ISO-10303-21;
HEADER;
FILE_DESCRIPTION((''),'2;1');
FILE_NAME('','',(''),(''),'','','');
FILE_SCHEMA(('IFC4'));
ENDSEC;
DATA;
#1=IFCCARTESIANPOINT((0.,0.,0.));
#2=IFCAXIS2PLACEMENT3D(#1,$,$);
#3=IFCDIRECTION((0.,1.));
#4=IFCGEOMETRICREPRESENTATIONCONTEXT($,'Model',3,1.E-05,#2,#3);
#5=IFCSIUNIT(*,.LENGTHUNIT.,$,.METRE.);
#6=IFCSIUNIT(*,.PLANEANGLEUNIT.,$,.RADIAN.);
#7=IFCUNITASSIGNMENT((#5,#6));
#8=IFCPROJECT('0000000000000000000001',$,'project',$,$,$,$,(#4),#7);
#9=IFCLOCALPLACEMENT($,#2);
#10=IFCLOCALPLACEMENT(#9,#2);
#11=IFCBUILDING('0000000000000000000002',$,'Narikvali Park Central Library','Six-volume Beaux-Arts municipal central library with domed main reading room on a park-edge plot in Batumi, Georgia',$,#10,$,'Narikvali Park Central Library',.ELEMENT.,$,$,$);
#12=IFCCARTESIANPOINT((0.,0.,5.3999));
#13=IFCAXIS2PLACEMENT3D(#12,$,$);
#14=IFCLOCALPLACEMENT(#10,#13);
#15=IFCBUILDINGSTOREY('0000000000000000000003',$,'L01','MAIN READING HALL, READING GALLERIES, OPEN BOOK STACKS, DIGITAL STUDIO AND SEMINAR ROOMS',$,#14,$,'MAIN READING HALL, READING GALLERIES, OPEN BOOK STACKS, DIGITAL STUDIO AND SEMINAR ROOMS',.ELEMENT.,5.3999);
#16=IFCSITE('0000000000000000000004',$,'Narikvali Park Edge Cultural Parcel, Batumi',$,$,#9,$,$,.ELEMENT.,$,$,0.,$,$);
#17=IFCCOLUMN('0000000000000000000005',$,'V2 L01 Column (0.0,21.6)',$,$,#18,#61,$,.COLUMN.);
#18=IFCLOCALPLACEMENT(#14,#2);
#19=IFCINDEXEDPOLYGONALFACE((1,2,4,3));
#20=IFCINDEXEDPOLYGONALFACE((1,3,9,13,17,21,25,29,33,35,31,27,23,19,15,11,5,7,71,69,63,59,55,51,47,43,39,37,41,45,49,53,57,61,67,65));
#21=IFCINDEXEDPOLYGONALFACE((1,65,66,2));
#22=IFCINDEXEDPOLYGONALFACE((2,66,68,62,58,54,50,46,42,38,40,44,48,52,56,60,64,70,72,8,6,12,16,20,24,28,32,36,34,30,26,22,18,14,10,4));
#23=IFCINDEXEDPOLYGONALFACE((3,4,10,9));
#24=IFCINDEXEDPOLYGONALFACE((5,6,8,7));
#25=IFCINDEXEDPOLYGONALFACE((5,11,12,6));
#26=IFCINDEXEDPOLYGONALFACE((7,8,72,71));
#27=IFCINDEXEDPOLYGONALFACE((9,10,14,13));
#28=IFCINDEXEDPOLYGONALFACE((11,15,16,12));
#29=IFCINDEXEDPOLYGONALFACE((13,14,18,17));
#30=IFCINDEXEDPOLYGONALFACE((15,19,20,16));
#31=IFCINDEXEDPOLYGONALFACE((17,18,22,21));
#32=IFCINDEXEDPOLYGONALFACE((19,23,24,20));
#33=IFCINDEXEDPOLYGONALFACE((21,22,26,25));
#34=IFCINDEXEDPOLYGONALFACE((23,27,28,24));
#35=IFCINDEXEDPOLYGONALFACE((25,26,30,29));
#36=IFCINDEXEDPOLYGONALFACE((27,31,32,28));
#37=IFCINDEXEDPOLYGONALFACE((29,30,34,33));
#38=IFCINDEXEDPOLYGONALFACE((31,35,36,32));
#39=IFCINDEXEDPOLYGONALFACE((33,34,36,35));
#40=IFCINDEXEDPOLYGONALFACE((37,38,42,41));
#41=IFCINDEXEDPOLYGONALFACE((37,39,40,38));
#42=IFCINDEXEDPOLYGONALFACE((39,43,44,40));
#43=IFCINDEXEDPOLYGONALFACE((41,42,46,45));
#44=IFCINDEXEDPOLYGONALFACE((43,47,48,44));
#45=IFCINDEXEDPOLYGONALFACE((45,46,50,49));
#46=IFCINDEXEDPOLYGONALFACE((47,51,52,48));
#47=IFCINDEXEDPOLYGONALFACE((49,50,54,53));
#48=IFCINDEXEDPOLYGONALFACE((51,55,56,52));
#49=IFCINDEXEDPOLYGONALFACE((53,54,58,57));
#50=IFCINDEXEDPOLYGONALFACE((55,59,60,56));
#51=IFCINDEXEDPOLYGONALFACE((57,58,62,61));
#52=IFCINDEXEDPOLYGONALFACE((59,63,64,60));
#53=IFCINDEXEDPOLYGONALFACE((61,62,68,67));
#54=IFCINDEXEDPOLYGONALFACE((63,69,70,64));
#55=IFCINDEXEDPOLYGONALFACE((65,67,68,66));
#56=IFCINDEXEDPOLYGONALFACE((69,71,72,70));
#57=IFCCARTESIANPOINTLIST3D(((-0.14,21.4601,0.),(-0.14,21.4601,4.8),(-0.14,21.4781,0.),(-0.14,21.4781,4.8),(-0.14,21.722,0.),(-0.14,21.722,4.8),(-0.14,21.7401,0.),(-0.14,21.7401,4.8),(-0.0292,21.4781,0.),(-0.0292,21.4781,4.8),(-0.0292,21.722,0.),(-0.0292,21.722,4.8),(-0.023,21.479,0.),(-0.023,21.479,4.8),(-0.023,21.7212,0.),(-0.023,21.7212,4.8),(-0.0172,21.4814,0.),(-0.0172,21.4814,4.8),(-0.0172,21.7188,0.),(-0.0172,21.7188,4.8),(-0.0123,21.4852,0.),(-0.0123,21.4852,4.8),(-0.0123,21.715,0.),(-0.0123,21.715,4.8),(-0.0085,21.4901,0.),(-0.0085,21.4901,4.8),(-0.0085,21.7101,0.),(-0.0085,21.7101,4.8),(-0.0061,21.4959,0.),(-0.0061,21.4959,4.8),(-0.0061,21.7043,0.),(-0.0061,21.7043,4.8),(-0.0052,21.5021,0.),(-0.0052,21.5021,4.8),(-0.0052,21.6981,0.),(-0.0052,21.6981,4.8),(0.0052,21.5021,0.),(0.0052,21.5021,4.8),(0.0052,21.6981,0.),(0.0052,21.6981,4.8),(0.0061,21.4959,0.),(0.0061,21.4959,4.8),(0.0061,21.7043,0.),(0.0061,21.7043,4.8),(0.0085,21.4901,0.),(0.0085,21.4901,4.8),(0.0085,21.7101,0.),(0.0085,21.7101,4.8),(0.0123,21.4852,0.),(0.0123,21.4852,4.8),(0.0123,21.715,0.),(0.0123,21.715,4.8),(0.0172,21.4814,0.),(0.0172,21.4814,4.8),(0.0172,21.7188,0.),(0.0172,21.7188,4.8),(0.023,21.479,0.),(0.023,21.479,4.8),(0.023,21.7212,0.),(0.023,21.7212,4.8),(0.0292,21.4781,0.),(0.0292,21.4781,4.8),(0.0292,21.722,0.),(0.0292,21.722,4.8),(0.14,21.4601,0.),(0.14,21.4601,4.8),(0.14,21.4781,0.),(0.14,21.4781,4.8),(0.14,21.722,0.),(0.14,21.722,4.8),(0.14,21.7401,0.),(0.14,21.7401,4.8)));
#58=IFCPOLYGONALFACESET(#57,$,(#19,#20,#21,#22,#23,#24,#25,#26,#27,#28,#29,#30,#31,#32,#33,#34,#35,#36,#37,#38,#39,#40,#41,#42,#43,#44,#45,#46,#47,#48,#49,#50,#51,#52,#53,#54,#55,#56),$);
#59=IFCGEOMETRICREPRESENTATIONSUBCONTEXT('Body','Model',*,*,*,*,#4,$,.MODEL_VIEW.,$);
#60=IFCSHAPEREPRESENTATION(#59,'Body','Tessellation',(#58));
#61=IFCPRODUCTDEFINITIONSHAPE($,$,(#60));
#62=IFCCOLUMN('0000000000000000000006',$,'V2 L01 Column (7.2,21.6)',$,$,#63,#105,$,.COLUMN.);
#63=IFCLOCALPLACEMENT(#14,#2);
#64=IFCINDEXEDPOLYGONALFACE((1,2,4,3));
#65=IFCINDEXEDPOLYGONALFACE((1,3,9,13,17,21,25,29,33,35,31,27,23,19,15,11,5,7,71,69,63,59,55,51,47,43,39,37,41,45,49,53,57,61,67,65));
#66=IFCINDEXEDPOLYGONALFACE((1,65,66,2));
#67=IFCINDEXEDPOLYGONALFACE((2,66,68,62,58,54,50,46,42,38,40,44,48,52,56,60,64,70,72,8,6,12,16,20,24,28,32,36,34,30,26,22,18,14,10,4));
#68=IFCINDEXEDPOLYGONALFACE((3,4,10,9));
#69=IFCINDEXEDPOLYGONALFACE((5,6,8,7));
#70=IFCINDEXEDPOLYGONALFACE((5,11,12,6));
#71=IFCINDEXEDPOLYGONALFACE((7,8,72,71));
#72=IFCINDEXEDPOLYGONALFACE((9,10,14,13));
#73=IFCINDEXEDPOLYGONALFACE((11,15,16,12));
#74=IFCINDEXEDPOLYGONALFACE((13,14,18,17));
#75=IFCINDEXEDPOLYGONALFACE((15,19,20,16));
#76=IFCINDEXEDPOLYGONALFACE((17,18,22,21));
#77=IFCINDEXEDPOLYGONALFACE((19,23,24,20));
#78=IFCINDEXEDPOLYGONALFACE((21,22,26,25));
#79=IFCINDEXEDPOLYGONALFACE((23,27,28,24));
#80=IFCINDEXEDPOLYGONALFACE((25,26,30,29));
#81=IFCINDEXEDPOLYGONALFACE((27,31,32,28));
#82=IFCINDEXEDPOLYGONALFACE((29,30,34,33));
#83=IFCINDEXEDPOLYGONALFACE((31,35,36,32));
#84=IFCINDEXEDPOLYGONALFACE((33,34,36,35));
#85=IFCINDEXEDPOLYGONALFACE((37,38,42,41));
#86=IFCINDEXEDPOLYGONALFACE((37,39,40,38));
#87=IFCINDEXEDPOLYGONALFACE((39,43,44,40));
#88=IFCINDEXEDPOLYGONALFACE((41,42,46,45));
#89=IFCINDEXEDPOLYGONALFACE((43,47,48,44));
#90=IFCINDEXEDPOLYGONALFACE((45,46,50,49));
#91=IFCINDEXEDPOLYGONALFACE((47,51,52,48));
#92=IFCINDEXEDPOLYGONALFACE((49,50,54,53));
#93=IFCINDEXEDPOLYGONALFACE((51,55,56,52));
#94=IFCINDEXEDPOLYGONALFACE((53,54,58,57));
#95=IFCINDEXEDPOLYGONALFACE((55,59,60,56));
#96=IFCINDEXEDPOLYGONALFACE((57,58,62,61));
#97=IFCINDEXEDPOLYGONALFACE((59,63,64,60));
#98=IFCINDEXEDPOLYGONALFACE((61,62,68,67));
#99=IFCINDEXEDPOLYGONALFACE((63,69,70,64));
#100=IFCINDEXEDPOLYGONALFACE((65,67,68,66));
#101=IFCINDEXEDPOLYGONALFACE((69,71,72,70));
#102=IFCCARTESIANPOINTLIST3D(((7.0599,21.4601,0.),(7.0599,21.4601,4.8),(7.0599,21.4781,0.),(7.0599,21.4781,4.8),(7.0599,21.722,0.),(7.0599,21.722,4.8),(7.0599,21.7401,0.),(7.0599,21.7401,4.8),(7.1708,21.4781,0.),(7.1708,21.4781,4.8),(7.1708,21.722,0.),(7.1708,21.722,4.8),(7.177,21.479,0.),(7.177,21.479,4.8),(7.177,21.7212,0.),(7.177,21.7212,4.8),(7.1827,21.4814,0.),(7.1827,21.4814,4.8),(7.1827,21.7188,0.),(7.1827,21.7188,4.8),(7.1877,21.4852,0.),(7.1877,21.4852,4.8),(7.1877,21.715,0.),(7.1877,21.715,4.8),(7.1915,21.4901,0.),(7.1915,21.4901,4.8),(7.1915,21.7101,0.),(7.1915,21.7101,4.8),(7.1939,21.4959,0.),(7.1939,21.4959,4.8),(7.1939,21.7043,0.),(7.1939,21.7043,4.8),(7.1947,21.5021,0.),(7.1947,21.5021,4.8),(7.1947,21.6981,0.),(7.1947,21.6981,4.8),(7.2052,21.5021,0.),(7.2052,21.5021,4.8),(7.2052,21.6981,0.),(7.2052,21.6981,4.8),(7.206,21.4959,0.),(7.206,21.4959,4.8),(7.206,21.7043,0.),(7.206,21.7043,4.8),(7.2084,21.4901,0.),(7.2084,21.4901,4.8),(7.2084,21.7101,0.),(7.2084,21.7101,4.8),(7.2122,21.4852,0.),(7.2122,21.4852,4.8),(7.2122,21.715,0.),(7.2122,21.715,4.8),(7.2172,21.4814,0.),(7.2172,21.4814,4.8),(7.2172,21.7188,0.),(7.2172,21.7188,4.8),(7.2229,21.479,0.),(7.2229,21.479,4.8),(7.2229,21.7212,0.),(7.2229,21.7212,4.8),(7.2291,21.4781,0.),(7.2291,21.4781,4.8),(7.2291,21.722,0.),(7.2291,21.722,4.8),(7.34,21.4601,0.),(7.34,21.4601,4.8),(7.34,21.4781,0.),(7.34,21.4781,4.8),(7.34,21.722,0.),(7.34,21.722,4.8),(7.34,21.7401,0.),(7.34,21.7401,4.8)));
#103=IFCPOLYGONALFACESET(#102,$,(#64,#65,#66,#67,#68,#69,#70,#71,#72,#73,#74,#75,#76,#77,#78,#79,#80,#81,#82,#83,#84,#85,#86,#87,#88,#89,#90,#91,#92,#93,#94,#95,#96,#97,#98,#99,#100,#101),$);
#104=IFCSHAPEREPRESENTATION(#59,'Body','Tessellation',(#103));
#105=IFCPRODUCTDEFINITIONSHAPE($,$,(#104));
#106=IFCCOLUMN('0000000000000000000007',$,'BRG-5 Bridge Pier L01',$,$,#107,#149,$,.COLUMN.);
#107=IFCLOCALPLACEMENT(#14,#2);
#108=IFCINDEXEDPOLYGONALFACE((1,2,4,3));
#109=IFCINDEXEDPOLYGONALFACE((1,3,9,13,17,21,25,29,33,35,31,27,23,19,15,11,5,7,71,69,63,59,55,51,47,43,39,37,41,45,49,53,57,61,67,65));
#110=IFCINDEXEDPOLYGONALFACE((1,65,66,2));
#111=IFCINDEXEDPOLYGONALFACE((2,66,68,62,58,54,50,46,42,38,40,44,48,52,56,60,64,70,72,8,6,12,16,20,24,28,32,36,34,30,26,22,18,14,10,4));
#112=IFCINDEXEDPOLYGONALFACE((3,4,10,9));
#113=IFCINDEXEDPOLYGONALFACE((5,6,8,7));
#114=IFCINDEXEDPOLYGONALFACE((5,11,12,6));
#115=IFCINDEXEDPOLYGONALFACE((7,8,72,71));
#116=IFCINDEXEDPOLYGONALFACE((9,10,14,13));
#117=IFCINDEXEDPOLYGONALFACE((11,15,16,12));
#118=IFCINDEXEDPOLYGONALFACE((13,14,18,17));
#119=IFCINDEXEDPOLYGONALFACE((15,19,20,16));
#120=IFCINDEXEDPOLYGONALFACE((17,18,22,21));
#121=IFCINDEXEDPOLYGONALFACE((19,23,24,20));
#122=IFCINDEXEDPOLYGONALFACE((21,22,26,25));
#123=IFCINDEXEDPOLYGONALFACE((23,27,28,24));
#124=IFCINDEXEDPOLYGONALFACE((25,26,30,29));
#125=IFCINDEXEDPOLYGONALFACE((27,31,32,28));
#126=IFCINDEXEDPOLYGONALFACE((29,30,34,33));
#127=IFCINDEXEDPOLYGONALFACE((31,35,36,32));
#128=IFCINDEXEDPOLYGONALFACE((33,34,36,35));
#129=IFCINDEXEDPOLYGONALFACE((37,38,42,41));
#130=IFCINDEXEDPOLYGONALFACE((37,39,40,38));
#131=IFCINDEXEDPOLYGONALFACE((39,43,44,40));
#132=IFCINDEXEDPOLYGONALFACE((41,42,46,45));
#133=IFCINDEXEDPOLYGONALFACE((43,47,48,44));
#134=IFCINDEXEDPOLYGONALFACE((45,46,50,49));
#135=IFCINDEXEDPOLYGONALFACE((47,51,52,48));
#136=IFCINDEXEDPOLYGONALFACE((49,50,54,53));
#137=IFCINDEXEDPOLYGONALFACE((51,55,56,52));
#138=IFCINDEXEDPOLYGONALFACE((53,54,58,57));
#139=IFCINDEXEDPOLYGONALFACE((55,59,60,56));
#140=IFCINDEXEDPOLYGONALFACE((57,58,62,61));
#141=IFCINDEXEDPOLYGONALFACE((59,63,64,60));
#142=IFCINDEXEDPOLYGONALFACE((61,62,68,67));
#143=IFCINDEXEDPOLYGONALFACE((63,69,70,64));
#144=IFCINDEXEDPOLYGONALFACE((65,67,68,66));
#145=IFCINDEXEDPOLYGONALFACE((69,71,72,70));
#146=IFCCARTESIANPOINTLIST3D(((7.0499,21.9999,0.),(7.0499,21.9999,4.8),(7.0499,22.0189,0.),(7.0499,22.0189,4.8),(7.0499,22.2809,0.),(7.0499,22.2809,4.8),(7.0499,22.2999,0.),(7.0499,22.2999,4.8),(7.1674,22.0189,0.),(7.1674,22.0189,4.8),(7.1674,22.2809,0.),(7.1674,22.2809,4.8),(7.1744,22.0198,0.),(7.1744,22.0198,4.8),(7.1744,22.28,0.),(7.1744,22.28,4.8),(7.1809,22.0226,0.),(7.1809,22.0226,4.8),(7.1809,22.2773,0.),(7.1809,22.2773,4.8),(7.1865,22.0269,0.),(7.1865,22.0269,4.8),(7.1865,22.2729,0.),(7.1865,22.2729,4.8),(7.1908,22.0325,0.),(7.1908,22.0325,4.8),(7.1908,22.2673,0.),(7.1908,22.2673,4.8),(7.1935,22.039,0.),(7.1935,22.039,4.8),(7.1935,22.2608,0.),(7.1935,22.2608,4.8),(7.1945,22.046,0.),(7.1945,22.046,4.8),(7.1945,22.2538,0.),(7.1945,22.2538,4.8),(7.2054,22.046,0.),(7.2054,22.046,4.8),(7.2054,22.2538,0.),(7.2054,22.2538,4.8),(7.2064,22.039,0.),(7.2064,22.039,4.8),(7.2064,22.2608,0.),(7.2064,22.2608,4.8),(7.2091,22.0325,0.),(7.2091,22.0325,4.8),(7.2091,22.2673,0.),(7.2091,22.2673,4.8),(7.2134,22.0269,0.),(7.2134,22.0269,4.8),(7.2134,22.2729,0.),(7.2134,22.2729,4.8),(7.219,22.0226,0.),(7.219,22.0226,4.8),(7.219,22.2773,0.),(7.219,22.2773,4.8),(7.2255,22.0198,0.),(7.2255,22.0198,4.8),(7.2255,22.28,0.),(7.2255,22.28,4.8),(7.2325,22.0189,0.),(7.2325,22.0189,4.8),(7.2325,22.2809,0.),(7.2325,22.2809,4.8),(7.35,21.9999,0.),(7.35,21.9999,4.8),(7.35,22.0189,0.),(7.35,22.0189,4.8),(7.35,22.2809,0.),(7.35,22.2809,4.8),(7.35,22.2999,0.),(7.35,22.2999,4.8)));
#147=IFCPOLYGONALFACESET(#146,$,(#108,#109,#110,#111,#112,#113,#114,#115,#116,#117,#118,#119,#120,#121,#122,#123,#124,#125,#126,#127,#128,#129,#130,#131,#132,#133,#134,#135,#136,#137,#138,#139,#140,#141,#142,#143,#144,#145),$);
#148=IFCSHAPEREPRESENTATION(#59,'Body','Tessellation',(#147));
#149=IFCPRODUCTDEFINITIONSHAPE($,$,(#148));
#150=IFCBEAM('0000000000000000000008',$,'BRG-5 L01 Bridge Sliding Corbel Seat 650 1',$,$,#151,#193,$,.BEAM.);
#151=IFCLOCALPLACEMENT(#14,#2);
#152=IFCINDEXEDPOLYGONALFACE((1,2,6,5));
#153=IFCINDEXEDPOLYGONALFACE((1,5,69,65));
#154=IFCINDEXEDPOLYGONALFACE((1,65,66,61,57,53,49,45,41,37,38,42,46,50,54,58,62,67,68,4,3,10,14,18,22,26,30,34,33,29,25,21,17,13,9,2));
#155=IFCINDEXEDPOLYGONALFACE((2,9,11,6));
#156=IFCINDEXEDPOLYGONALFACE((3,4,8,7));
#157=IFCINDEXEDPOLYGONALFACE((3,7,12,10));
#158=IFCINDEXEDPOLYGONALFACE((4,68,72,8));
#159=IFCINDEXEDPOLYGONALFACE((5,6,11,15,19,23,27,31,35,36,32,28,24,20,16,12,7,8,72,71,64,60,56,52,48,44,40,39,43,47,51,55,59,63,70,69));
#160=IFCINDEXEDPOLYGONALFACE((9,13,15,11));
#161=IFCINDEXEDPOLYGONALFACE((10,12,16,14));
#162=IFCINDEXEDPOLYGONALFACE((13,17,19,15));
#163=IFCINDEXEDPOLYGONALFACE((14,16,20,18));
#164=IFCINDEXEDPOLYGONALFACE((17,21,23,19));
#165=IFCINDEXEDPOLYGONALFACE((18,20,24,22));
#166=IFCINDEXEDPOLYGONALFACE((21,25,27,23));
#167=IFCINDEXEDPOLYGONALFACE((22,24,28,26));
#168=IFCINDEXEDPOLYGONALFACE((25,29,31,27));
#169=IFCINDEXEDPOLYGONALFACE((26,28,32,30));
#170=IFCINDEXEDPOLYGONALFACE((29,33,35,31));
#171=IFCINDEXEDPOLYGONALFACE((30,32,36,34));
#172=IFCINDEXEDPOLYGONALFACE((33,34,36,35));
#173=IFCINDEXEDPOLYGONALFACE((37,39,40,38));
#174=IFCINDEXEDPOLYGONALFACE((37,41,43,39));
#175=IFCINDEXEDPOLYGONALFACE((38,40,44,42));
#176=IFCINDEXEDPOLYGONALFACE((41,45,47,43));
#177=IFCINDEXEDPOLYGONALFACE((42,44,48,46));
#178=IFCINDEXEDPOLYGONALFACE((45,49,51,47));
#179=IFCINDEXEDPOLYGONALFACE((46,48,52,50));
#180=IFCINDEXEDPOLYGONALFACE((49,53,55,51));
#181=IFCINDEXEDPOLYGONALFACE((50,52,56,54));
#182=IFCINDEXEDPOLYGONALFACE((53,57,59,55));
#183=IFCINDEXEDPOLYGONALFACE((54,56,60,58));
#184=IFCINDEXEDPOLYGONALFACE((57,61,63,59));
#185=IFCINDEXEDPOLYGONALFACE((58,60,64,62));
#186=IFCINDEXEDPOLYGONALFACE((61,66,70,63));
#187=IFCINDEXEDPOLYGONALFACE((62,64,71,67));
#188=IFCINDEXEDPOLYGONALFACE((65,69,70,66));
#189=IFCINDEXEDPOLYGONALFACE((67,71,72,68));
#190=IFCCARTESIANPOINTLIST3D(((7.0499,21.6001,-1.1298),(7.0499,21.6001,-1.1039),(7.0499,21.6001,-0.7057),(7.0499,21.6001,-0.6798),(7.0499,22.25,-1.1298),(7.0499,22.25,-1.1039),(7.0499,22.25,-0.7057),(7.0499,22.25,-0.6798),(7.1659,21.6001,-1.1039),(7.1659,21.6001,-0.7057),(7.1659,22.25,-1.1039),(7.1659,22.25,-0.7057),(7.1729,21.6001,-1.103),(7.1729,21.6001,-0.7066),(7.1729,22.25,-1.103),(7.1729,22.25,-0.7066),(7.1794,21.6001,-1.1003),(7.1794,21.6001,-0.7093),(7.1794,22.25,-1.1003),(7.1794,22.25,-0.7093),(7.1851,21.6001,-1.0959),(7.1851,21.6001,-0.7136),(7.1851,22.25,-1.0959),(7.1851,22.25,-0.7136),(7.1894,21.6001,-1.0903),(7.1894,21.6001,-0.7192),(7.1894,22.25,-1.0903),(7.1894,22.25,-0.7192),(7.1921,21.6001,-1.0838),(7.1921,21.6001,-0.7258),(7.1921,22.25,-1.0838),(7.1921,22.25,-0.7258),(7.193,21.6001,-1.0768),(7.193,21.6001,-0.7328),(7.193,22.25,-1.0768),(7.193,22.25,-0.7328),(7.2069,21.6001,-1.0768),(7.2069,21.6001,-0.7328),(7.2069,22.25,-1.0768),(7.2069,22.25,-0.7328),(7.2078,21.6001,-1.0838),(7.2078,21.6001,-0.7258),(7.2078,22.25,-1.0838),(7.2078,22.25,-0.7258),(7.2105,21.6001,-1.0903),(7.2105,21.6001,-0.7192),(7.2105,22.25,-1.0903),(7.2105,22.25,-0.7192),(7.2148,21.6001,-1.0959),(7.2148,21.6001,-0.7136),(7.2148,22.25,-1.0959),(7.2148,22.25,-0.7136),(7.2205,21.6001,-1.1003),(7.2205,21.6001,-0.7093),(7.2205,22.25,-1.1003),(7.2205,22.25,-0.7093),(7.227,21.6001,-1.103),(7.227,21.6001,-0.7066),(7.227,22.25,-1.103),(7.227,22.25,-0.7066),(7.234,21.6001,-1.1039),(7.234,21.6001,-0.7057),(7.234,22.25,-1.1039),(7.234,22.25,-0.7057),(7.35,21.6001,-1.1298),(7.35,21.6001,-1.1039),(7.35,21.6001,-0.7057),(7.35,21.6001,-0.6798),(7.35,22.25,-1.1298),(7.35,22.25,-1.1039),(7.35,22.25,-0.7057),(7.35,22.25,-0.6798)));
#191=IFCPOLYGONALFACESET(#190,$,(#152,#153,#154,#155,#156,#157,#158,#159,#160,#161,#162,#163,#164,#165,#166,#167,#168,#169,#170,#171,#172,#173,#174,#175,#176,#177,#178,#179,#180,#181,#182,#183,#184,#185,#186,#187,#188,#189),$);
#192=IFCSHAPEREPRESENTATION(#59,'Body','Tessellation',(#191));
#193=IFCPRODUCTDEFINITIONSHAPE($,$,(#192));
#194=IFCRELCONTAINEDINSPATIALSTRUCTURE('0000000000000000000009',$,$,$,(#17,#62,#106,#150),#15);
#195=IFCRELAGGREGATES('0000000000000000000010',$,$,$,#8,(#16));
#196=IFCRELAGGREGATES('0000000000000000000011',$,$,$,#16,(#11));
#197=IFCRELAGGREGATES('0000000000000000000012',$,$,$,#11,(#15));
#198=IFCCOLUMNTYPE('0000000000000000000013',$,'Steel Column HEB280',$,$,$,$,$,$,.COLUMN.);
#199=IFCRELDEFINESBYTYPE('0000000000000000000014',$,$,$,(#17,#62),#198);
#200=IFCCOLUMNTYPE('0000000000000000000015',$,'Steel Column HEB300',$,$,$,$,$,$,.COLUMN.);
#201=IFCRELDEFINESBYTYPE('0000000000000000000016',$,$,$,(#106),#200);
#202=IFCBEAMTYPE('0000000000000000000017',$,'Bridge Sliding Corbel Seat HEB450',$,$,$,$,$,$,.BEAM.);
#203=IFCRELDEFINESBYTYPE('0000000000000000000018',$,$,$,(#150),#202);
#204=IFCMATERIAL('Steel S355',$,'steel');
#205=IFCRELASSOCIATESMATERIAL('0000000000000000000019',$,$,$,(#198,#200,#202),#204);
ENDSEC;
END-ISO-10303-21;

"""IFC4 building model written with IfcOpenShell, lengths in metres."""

from ifc_helpers import new_model, si_unit, direction, frame, origin, origin_2d, place, context, subcontext, project, spatial, i_section, extrude, material, material_profile, profile_set, type_object, element, save


model = new_model("IFC4")

# Units and contexts
model_context = context("Model", 3, precision=1e-05, world=origin(), true_north=direction((0.0, 1.0)))
body_context = subcontext(model_context, "Body", "Model", "MODEL_VIEW")
ifc_project = project(units=[si_unit("LENGTHUNIT", "METRE"), si_unit("PLANEANGLEUNIT", "RADIAN")], contexts=[model_context])

# Site, building, storey
site_placement = place(None, origin())
site = spatial("IfcSite", under=ifc_project, at=site_placement, Name="Narikvali Park Edge Cultural Parcel, Batumi", CompositionType="ELEMENT", RefElevation=0.0)
building_placement = place(site_placement, origin())
building = spatial("IfcBuilding", under=site, at=building_placement, Name="Narikvali Park Central Library", Description="Six-volume Beaux-Arts municipal central library with domed main reading room on a park-edge plot in Batumi, Georgia", LongName="Narikvali Park Central Library", CompositionType="ELEMENT")
storey_placement = place(building_placement, frame((0.0, 0.0, 5.3999)))
storey = spatial("IfcBuildingStorey", under=building, at=storey_placement, Name="L01", Description="MAIN READING HALL, READING GALLERIES, OPEN BOOK STACKS, DIGITAL STUDIO AND SEMINAR ROOMS", LongName="MAIN READING HALL, READING GALLERIES, OPEN BOOK STACKS, DIGITAL STUDIO AND SEMINAR ROOMS", CompositionType="ELEMENT", Elevation=5.3999)

# Columns
ifc_material_1 = material(Name="Steel S355", Category="steel")
ifc_material_profile_1 = material_profile(ifc_material_1, i_section(OverallWidth=0.28, OverallDepth=0.28, WebThickness=0.0105, FlangeThickness=0.0181, FilletRadius=0.0239, at=origin_2d()), Name="HEB 280")
ifc_profile_set_1 = profile_set([ifc_material_profile_1], Name="Steel S355")
column_type_1 = type_object("IfcColumnType", Name="Steel Column HEB280", PredefinedType="COLUMN", material=ifc_profile_set_1)
for number, where, z_axis, x_axis, name in (
    (1, (0.0, 21.6001, 0.0), (0.0, 0.0, 1.0), (1.0, 0.0, 0.0), "V2 L01 Column (0.0,21.6)"),
    (2, (7.2, 21.6001, 0.0), (0.0, 0.0, 1.0), (1.0, 0.0, 0.0), "V2 L01 Column (7.2,21.6)"),
):
    element("IfcColumn", number, at=place(storey_placement, frame(where, z_axis=z_axis, x_axis=x_axis)), inside=storey, type_object=column_type_1, Name=name, PredefinedType="COLUMN", context=body_context, shape_type="SweptSolid", body=[
        extrude(i_section(OverallWidth=0.28, OverallDepth=0.28, WebThickness=0.0105, FlangeThickness=0.0181, FilletRadius=0.0239, at=origin_2d()), origin(), (0.0, 0.0, 1.0), 4.8),
    ])
ifc_material_profile_2 = material_profile(ifc_material_1, i_section(OverallWidth=0.3, OverallDepth=0.3, WebThickness=0.011, FlangeThickness=0.019, FilletRadius=0.0271, at=origin_2d()), Name="HEB 300")
ifc_profile_set_2 = profile_set([ifc_material_profile_2], Name="Steel S355")
column_type_2 = type_object("IfcColumnType", Name="Steel Column HEB300", PredefinedType="COLUMN", material=ifc_profile_set_2)
column_placement = place(storey_placement, frame((7.2, 22.1499, 0.0), z_axis=(0.0, 0.0, 1.0), x_axis=(1.0, 0.0, 0.0)))
element("IfcColumn", 3, at=column_placement, inside=storey, type_object=column_type_2, Name="BRG-5 Bridge Pier L01", PredefinedType="COLUMN", context=body_context, shape_type="SweptSolid", body=[
    extrude(i_section(OverallWidth=0.3, OverallDepth=0.3, WebThickness=0.011, FlangeThickness=0.019, FilletRadius=0.0271, at=origin_2d()), origin(), (0.0, 0.0, 1.0), 4.8),
])

# Beam
ifc_material_profile_3 = material_profile(ifc_material_1, i_section(OverallWidth=0.3, OverallDepth=0.45, WebThickness=0.0139, FlangeThickness=0.0259, FilletRadius=0.0271, at=origin_2d()), Name="HEB 450")
ifc_profile_set_3 = profile_set([ifc_material_profile_3], Name="Steel S355")
beam_type_1 = type_object("IfcBeamType", Name="Bridge Sliding Corbel Seat HEB450", PredefinedType="BEAM", material=ifc_profile_set_3)
beam_1_placement = place(storey_placement, frame((7.2, 21.6001, -0.9048), z_axis=(0.0, 1.0, 0.0), x_axis=(-1.0, 0.0, 0.0)))
element("IfcBeam", 4, at=beam_1_placement, inside=storey, type_object=beam_type_1, Name="BRG-5 L01 Bridge Sliding Corbel Seat 650 1", PredefinedType="BEAM", context=body_context, shape_type="SweptSolid", body=[
    extrude(i_section(OverallWidth=0.3, OverallDepth=0.45, WebThickness=0.0139, FlangeThickness=0.0259, FilletRadius=0.0271, at=origin_2d()), origin(), (0.0, 0.0, 1.0), 0.6499),
])

save(model, "model.ifc")
